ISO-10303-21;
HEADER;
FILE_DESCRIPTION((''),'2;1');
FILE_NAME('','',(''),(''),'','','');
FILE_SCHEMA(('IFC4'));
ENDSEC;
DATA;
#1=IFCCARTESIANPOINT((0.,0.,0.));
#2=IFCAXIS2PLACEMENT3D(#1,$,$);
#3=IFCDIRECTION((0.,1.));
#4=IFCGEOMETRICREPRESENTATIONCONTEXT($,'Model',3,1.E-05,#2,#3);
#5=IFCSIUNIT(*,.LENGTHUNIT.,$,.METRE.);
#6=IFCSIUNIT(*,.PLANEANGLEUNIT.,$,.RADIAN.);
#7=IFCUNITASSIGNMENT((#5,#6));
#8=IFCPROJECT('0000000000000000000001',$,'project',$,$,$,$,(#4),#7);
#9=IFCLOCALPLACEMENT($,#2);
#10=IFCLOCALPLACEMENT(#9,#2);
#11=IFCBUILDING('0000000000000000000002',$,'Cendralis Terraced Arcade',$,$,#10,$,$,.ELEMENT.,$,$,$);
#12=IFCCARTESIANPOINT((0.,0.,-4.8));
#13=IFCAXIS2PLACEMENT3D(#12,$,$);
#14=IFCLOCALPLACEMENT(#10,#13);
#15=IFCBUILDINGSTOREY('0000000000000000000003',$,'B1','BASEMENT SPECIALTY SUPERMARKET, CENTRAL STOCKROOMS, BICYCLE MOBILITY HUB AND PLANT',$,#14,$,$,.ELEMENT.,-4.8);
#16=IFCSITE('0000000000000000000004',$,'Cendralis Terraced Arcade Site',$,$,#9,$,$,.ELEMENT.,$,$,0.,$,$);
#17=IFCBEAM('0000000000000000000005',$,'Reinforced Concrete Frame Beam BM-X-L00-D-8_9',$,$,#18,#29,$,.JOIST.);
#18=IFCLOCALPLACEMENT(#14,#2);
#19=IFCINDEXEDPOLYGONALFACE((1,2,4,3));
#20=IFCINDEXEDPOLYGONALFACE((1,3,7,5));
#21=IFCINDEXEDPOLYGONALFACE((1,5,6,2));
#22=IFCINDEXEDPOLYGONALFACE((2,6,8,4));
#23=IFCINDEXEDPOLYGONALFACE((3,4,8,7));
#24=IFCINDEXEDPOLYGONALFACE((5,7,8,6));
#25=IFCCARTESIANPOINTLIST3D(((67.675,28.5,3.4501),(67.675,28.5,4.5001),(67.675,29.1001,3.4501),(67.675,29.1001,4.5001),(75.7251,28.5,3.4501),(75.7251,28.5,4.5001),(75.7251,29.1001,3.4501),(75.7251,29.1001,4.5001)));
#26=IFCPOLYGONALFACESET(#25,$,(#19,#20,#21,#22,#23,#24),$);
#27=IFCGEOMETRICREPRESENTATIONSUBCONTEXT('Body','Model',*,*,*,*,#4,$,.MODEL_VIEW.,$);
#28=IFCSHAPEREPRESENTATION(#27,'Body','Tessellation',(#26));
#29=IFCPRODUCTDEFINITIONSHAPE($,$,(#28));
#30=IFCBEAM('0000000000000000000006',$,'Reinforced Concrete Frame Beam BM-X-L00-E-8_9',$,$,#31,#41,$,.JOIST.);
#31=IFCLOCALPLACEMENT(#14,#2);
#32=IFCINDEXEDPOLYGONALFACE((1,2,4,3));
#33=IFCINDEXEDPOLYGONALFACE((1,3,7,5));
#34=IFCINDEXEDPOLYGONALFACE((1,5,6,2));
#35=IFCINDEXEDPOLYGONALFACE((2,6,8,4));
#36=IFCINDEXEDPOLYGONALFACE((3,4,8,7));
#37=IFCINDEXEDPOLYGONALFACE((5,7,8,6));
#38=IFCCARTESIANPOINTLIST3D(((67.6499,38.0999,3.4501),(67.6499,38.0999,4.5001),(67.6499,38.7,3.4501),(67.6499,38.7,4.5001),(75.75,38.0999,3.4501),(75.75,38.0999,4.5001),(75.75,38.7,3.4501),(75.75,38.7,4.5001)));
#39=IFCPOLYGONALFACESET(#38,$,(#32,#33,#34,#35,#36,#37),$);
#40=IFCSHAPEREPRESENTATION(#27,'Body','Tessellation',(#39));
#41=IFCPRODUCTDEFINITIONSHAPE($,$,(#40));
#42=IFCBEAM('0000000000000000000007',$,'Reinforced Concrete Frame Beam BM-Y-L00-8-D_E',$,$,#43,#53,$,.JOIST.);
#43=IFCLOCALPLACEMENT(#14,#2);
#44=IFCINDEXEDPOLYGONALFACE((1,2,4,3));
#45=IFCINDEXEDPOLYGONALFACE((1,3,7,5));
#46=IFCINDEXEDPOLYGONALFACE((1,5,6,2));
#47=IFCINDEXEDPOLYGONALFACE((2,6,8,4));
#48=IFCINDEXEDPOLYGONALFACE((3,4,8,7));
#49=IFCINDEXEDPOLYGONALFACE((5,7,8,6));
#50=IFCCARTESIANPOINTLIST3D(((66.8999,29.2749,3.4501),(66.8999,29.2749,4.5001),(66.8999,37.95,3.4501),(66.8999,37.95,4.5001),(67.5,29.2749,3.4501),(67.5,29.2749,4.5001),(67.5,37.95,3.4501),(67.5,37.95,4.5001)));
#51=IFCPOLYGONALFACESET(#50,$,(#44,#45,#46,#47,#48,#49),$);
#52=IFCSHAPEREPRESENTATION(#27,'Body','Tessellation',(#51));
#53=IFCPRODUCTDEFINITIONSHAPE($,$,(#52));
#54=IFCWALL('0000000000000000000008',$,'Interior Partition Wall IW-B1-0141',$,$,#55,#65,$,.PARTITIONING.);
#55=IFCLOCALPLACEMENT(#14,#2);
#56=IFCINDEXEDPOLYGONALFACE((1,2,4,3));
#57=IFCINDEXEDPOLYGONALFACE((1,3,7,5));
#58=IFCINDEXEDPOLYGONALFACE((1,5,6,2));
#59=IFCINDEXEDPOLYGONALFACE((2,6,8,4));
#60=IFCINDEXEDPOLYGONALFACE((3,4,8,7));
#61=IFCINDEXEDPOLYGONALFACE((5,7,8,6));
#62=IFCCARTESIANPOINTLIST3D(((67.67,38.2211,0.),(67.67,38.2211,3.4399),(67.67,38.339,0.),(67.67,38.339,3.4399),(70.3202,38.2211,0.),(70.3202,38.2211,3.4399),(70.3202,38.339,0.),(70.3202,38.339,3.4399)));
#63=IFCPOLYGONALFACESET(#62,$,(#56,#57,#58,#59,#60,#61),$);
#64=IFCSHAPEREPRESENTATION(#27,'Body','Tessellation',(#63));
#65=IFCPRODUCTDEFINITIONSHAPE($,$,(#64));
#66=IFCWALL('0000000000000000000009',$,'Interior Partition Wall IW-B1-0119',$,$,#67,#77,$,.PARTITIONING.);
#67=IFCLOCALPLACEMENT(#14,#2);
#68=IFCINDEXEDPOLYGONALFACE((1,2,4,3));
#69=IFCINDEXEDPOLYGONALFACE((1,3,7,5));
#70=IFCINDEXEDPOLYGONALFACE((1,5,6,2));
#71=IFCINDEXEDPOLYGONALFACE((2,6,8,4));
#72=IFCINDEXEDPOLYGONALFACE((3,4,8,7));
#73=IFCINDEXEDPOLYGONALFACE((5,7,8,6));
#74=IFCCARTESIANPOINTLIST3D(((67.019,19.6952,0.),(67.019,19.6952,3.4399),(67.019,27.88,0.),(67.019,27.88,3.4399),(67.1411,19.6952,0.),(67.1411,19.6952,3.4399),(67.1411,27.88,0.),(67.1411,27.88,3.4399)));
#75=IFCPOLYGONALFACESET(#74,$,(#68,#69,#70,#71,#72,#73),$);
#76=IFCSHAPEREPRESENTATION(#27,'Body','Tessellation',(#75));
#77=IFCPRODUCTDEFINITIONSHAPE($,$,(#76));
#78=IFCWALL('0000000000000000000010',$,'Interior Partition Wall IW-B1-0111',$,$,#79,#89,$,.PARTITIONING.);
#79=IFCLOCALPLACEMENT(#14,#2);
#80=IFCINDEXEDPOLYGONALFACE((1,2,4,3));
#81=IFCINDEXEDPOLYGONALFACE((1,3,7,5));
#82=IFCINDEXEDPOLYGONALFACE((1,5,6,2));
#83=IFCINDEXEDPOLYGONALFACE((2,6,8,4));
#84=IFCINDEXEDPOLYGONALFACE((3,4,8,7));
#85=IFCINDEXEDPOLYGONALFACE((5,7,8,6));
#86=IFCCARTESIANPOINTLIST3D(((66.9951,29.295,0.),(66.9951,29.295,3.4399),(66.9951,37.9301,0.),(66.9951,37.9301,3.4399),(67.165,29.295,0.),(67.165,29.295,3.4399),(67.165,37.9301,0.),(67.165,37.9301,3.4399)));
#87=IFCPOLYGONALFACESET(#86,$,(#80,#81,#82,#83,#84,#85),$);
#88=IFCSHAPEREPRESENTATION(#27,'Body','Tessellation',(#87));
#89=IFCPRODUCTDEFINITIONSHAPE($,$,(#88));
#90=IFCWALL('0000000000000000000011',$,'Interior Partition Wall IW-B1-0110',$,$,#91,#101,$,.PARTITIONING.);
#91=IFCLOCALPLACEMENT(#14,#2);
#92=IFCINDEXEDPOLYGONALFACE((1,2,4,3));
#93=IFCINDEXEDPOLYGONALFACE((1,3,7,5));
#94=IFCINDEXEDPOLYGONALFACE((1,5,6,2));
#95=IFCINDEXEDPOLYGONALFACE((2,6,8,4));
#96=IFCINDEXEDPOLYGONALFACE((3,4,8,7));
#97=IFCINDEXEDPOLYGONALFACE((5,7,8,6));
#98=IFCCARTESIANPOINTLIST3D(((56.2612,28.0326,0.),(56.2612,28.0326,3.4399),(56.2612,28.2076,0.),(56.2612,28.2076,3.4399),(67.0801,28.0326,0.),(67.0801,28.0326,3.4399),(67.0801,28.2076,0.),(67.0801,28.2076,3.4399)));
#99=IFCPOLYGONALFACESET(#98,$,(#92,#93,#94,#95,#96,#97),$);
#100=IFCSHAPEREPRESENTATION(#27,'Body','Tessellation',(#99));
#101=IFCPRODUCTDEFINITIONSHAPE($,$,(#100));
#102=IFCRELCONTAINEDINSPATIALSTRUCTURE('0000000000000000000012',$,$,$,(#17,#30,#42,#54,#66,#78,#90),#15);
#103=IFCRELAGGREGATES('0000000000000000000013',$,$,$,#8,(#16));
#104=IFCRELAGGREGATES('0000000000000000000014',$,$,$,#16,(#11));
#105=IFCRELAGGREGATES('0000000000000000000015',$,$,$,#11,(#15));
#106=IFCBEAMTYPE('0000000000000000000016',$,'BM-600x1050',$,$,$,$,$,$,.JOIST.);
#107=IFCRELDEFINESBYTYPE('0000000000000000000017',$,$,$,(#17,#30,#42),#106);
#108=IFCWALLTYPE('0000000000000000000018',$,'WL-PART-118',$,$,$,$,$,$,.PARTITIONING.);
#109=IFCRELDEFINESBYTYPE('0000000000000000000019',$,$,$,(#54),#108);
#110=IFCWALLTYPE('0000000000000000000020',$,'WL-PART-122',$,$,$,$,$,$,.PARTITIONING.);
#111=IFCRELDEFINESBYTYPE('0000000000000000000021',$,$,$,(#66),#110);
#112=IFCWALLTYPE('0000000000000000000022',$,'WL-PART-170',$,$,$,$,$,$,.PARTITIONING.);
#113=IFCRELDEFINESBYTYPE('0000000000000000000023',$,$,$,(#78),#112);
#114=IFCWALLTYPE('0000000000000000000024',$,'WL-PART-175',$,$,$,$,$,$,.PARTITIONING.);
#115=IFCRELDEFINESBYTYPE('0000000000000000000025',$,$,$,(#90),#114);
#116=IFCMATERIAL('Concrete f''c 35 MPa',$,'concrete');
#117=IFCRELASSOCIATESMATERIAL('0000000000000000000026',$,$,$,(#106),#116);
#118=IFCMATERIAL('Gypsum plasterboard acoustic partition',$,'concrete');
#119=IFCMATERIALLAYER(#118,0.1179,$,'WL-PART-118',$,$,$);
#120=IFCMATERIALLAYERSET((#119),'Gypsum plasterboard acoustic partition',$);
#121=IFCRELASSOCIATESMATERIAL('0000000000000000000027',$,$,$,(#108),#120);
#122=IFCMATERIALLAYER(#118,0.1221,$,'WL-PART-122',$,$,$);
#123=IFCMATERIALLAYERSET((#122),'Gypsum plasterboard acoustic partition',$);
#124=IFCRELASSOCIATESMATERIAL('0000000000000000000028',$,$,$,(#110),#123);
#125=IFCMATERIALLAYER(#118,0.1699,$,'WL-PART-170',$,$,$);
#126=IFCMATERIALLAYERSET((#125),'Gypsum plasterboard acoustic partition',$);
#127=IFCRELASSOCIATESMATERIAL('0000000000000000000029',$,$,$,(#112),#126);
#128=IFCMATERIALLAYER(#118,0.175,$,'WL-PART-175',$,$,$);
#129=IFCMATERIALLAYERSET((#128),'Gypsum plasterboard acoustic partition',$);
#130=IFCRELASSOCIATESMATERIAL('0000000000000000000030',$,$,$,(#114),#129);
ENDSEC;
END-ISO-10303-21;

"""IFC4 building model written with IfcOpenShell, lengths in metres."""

from ifc_helpers import new_model, si_unit, direction, frame, frame_2d, origin, origin_2d, place, context, subcontext, project, spatial, rectangle, extrude, material, layer, layer_set, material_profile, profile_set, type_object, element, save


model = new_model("IFC4")

# Units and contexts
model_context = context("Model", 3, precision=1e-05, world=origin(), true_north=direction((0.0, 1.0)))
body_context = subcontext(model_context, "Body", "Model", "MODEL_VIEW")
ifc_project = project(units=[si_unit("LENGTHUNIT", "METRE"), si_unit("PLANEANGLEUNIT", "RADIAN")], contexts=[model_context])

# Site, building, storey
site_placement = place(None, origin())
site = spatial("IfcSite", under=ifc_project, at=site_placement, Name="Cendralis Terraced Arcade Site", CompositionType="ELEMENT", RefElevation=0.0)
building_placement = place(site_placement, origin())
building = spatial("IfcBuilding", under=site, at=building_placement, Name="Cendralis Terraced Arcade", CompositionType="ELEMENT")
storey_placement = place(building_placement, frame((0.0, 0.0, -4.8)))
storey = spatial("IfcBuildingStorey", under=building, at=storey_placement, Name="B1", Description="BASEMENT SPECIALTY SUPERMARKET, CENTRAL STOCKROOMS, BICYCLE MOBILITY HUB AND PLANT", CompositionType="ELEMENT", Elevation=-4.8)

# Shared definitions
ifc_material_1 = material(Name="Concrete f'c 35 MPa", Category="concrete")

# Beams
ifc_material_profile_1 = material_profile(ifc_material_1, rectangle(XDim=0.6001, YDim=1.05, at=origin_2d()), Name="RC-BM-600x1050", Category="LoadBearing")
ifc_profile_set_1 = profile_set([ifc_material_profile_1], Name="Concrete f'c 35 MPa")
beam_type = type_object("IfcBeamType", Name="BM-600x1050", PredefinedType="JOIST", material=ifc_profile_set_1)
beam_1_placement = place(storey_placement, frame((67.675, 28.8, 3.9751), z_axis=(1.0, 0.0, 0.0), x_axis=(0.0, 1.0, 0.0)))
element("IfcBeam", 1, at=beam_1_placement, inside=storey, type_object=beam_type, Name="Reinforced Concrete Frame Beam BM-X-L00-D-8_9", PredefinedType="JOIST", context=body_context, shape_type="SweptSolid", body=[
    extrude(rectangle(XDim=0.6001, YDim=1.05, at=origin_2d()), origin(), (0.0, 0.0, 1.0), 8.05),
])
beam_2_placement = place(storey_placement, frame((67.6499, 38.3999, 3.9751), z_axis=(1.0, 0.0, 0.0), x_axis=(0.0, 1.0, 0.0)))
element("IfcBeam", 2, at=beam_2_placement, inside=storey, type_object=beam_type, Name="Reinforced Concrete Frame Beam BM-X-L00-E-8_9", PredefinedType="JOIST", context=body_context, shape_type="SweptSolid", body=[
    extrude(rectangle(XDim=0.6001, YDim=1.05, at=origin_2d()), origin(), (0.0, 0.0, 1.0), 8.1001),
])
beam_3_placement = place(storey_placement, frame((67.2, 29.2749, 3.9751), z_axis=(0.0, 1.0, 0.0), x_axis=(-1.0, 0.0, 0.0)))
element("IfcBeam", 3, at=beam_3_placement, inside=storey, type_object=beam_type, Name="Reinforced Concrete Frame Beam BM-Y-L00-8-D_E", PredefinedType="JOIST", context=body_context, shape_type="SweptSolid", body=[
    extrude(rectangle(XDim=0.6001, YDim=1.05, at=origin_2d()), origin(), (0.0, 0.0, 1.0), 8.675),
])

# Walls
ifc_material_2 = material(Name="Gypsum plasterboard acoustic partition", Category="concrete")
ifc_layer_1 = layer(ifc_material_2, 0.1179, Name="WL-PART-118")
ifc_layer_set_1 = layer_set([ifc_layer_1], Name="Gypsum plasterboard acoustic partition")
wall_type_1 = type_object("IfcWallType", Name="WL-PART-118", PredefinedType="PARTITIONING", material=ifc_layer_set_1)
wall_1_placement = place(storey_placement, frame((67.6699, 38.28, 0.0), z_axis=(0.0, 0.0, 1.0), x_axis=(1.0, 0.0, 0.0)))
element("IfcWall", 4, at=wall_1_placement, inside=storey, type_object=wall_type_1, Name="Interior Partition Wall IW-B1-0141", PredefinedType="PARTITIONING", context=body_context, shape_type="SweptSolid", body=[
    extrude(rectangle(XDim=2.6501, YDim=0.1179, at=frame_2d((1.3252, 0.0))), origin(), (0.0, 0.0, 1.0), 3.4399),
])
ifc_layer_2 = layer(ifc_material_2, 0.1221, Name="WL-PART-122")
ifc_layer_set_2 = layer_set([ifc_layer_2], Name="Gypsum plasterboard acoustic partition")
wall_type_2 = type_object("IfcWallType", Name="WL-PART-122", PredefinedType="PARTITIONING", material=ifc_layer_set_2)
wall_2_placement = place(storey_placement, frame((67.0801, 27.8799, 0.0), z_axis=(0.0, 0.0, 1.0), x_axis=(0.0, -1.0, 0.0)))
element("IfcWall", 5, at=wall_2_placement, inside=storey, type_object=wall_type_2, Name="Interior Partition Wall IW-B1-0119", PredefinedType="PARTITIONING", context=body_context, shape_type="SweptSolid", body=[
    extrude(rectangle(XDim=8.1848, YDim=0.1221, at=frame_2d((4.0923, 0.0))), origin(), (0.0, 0.0, 1.0), 3.4399),
])
ifc_layer_3 = layer(ifc_material_2, 0.1699, Name="WL-PART-170")
ifc_layer_set_3 = layer_set([ifc_layer_3], Name="Gypsum plasterboard acoustic partition")
wall_type_3 = type_object("IfcWallType", Name="WL-PART-170", PredefinedType="PARTITIONING", material=ifc_layer_set_3)
wall_3_placement = place(storey_placement, frame((67.0801, 37.9299, 0.0), z_axis=(0.0, 0.0, 1.0), x_axis=(0.0, -1.0, 0.0)))
element("IfcWall", 6, at=wall_3_placement, inside=storey, type_object=wall_type_3, Name="Interior Partition Wall IW-B1-0111", PredefinedType="PARTITIONING", context=body_context, shape_type="SweptSolid", body=[
    extrude(rectangle(XDim=8.635, YDim=0.1699, at=frame_2d((4.3174, 0.0))), origin(), (0.0, 0.0, 1.0), 3.4399),
])
ifc_layer_4 = layer(ifc_material_2, 0.175, Name="WL-PART-175")
ifc_layer_set_4 = layer_set([ifc_layer_4], Name="Gypsum plasterboard acoustic partition")
wall_type_4 = type_object("IfcWallType", Name="WL-PART-175", PredefinedType="PARTITIONING", material=ifc_layer_set_4)
wall_4_placement = place(storey_placement, frame((67.0801, 28.1201, 0.0), z_axis=(0.0, 0.0, 1.0), x_axis=(-1.0, 0.0, 0.0)))
element("IfcWall", 7, at=wall_4_placement, inside=storey, type_object=wall_type_4, Name="Interior Partition Wall IW-B1-0110", PredefinedType="PARTITIONING", context=body_context, shape_type="SweptSolid", body=[
    extrude(rectangle(XDim=10.8188, YDim=0.175, at=frame_2d((5.4094, 0.0))), origin(), (0.0, 0.0, 1.0), 3.4399),
])

save(model, "model.ifc")
